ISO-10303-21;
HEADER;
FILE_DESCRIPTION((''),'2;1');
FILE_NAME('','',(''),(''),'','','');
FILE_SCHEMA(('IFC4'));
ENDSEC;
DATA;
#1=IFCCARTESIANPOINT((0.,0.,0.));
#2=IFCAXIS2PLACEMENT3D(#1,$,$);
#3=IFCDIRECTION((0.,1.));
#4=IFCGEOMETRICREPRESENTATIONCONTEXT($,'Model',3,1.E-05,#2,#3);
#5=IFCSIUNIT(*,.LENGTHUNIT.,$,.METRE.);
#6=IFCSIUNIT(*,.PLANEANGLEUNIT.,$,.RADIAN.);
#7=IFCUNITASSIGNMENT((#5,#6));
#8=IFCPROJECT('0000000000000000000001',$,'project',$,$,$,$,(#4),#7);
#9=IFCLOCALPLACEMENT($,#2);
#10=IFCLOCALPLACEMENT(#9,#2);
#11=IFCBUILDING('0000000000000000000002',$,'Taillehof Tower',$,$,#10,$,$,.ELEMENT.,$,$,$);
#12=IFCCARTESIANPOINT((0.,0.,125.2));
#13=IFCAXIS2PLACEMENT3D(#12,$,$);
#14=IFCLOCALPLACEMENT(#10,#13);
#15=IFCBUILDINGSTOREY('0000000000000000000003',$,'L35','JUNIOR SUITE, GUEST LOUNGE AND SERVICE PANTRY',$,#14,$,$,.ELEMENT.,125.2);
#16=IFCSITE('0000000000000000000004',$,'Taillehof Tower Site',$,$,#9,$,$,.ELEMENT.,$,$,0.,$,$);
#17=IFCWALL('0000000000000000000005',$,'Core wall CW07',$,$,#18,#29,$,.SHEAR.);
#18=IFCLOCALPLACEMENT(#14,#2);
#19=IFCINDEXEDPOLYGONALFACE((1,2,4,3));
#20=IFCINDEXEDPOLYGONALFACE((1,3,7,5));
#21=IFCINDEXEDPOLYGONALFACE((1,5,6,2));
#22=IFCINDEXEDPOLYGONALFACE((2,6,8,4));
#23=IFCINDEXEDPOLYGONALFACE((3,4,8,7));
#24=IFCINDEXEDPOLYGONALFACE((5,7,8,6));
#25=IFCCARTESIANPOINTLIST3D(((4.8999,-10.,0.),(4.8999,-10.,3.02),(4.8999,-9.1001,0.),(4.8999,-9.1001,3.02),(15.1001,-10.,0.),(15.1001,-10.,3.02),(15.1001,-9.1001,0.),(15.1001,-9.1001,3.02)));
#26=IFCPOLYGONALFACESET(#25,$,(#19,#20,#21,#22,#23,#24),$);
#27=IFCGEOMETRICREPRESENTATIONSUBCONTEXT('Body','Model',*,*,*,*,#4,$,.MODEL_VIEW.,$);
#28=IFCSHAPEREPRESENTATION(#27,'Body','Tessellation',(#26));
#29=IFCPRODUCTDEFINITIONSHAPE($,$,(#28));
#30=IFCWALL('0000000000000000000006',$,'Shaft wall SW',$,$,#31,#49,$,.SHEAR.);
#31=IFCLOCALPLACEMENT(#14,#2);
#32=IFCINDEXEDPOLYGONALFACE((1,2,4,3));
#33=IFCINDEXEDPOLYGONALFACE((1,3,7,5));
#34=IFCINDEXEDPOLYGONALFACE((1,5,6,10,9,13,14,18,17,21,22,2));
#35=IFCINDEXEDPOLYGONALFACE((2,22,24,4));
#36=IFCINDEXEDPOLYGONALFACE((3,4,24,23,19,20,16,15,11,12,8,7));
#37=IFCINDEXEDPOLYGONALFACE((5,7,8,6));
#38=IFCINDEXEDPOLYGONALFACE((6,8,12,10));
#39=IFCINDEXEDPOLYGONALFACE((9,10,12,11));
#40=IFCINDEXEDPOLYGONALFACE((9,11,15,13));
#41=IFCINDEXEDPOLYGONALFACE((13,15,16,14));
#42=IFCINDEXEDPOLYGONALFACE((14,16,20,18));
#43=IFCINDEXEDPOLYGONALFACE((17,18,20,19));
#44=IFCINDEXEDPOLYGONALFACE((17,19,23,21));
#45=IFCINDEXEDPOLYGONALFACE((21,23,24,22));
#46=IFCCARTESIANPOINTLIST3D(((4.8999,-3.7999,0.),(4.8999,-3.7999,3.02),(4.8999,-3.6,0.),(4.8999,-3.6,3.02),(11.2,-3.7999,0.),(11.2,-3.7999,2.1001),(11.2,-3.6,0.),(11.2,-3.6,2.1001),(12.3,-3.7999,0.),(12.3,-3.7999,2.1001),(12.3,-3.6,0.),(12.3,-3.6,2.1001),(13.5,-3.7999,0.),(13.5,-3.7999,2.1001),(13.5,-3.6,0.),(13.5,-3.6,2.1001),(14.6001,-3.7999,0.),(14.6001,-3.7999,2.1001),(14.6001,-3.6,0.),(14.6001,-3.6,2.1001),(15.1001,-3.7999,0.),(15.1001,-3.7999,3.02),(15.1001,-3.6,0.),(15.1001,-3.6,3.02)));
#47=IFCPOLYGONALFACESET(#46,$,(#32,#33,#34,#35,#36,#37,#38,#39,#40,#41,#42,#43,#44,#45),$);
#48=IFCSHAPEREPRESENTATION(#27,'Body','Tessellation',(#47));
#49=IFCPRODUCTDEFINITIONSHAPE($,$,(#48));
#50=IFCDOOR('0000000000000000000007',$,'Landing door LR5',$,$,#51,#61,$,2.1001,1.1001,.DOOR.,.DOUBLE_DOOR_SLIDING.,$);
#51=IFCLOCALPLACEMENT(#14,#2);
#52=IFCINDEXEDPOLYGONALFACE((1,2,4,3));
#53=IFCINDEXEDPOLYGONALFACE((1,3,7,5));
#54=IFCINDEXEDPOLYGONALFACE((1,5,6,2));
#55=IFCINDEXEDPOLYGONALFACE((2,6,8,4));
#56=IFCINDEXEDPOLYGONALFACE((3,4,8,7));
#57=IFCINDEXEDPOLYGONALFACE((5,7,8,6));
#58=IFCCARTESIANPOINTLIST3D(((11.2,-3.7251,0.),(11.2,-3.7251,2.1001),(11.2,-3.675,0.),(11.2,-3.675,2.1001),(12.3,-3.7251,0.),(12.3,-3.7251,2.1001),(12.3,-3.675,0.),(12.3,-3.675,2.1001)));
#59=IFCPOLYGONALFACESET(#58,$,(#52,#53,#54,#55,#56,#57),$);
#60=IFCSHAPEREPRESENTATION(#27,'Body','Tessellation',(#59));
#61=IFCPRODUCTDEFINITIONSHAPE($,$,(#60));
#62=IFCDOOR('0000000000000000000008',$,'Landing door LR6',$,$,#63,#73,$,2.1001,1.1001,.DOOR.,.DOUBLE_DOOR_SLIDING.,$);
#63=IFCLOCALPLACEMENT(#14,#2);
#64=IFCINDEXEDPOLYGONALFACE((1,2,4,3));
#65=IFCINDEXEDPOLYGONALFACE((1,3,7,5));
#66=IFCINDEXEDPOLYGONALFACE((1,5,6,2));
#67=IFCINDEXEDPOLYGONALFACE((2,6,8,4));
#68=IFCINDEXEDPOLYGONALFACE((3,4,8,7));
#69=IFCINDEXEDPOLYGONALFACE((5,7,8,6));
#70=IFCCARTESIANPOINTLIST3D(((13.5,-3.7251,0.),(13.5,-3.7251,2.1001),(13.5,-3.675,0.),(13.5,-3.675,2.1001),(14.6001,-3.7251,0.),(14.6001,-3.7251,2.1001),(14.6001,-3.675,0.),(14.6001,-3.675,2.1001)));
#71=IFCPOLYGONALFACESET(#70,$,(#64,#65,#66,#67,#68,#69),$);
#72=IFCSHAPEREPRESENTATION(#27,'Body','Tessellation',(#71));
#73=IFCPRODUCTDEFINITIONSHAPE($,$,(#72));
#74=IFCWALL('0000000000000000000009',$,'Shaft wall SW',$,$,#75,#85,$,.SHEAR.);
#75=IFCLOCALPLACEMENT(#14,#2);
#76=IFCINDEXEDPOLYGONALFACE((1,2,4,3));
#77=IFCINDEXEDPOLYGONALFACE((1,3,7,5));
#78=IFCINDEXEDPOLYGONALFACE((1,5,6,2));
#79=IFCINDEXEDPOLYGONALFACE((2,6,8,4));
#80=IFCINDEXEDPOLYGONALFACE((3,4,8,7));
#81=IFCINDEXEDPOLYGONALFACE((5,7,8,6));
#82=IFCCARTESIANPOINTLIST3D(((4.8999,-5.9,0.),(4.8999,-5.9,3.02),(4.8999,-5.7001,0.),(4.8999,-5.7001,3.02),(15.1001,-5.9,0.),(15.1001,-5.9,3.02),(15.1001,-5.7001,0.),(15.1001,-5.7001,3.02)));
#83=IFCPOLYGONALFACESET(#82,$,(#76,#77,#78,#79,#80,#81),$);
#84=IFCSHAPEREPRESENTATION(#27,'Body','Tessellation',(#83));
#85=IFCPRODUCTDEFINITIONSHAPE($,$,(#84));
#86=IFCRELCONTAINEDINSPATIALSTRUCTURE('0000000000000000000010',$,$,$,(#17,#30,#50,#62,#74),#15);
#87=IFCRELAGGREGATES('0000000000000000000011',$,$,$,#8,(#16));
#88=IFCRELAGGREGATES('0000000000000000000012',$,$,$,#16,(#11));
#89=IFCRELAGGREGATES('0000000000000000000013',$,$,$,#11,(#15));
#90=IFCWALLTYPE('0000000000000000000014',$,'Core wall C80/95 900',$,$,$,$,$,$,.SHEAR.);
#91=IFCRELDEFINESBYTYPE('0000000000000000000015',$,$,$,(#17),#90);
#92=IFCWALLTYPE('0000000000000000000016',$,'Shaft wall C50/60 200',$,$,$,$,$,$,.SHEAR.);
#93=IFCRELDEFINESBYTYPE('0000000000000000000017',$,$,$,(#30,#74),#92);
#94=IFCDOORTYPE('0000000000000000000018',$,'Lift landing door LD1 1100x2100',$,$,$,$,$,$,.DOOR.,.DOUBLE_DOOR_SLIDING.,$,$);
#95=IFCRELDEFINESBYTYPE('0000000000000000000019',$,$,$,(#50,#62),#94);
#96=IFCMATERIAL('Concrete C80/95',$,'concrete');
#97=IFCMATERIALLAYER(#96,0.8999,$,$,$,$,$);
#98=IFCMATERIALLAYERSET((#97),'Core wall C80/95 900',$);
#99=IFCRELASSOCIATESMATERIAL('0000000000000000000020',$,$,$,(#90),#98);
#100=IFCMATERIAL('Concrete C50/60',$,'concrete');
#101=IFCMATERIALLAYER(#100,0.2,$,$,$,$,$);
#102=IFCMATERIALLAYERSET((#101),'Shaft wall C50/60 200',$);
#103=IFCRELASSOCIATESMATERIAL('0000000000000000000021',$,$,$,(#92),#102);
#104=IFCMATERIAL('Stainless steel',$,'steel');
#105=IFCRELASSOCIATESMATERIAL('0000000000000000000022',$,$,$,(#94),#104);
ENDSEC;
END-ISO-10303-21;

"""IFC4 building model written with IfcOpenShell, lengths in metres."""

from ifc_helpers import new_model, si_unit, direction, frame, frame_2d, origin, place, context, subcontext, project, spatial, rectangle, extrude, material, layer, layer_set, type_object, element, fill, save


model = new_model("IFC4")

# Units and contexts
model_context = context("Model", 3, precision=1e-05, world=origin(), true_north=direction((0.0, 1.0)))
body_context = subcontext(model_context, "Body", "Model", "MODEL_VIEW")
ifc_project = project(units=[si_unit("LENGTHUNIT", "METRE"), si_unit("PLANEANGLEUNIT", "RADIAN")], contexts=[model_context])

# Site, building, storey
site_placement = place(None, origin())
site = spatial("IfcSite", under=ifc_project, at=site_placement, Name="Taillehof Tower Site", CompositionType="ELEMENT", RefElevation=0.0)
building_placement = place(site_placement, origin())
building = spatial("IfcBuilding", under=site, at=building_placement, Name="Taillehof Tower", CompositionType="ELEMENT")
storey_placement = place(building_placement, frame((0.0, 0.0, 125.2)))
storey = spatial("IfcBuildingStorey", under=building, at=storey_placement, Name="L35", Description="JUNIOR SUITE, GUEST LOUNGE AND SERVICE PANTRY", CompositionType="ELEMENT", Elevation=125.2)

# Shared definitions
ifc_material_1 = material(Name="Concrete C80/95", Category="concrete")
ifc_layer_1 = layer(ifc_material_1, 0.8999)
ifc_layer_set_1 = layer_set([ifc_layer_1], Name="Core wall C80/95 900")
wall_type_1 = type_object("IfcWallType", Name="Core wall C80/95 900", PredefinedType="SHEAR", material=ifc_layer_set_1)

# Wall
wall_1_placement = place(storey_placement, frame((4.8999, -9.55, 0.0), z_axis=(0.0, 0.0, 1.0), x_axis=(1.0, 0.0, 0.0)))
element("IfcWall", 1, at=wall_1_placement, inside=storey, type_object=wall_type_1, Name="Core wall CW07", PredefinedType="SHEAR", context=body_context, shape_type="SweptSolid", body=[
    extrude(rectangle(XDim=10.2002, YDim=0.8999, at=frame_2d((5.1001, 0.0))), origin(), (0.0, 0.0, 1.0), 3.02),
])

# Wall, openings, doors
ifc_material_2 = material(Name="Concrete C50/60", Category="concrete")
ifc_layer_2 = layer(ifc_material_2, 0.2)
ifc_layer_set_2 = layer_set([ifc_layer_2], Name="Shaft wall C50/60 200")
wall_type_2 = type_object("IfcWallType", Name="Shaft wall C50/60 200", PredefinedType="SHEAR", material=ifc_layer_set_2)
wall_2_placement = place(storey_placement, frame((4.8999, -3.7, 0.0), z_axis=(0.0, 0.0, 1.0), x_axis=(1.0, 0.0, 0.0)))
wall_2 = element("IfcWall", 2, at=wall_2_placement, inside=storey, type_object=wall_type_2, Name="Shaft wall SW", PredefinedType="SHEAR", context=body_context, shape_type="SweptSolid", body=[
    extrude(rectangle(XDim=10.2002, YDim=0.2, at=frame_2d((5.1001, 0.0))), origin(), (0.0, 0.0, 1.0), 3.02),
])
opening_1_placement = place(wall_2_placement, frame((6.3, 0.0, 0.0)))
opening_1 = element("IfcOpeningElement", 3, at=opening_1_placement, cuts=wall_2, PredefinedType="OPENING", context=body_context, shape_type="SweptSolid", body=[
    extrude(rectangle(XDim=1.1001, YDim=2.1001, at=frame_2d((0.55, 1.05))), frame((0.0, 0.1099, 0.0), z_axis=(0.0, -1.0, 0.0), x_axis=(1.0, 0.0, 0.0)), (0.0, 0.0, 1.0), 0.22),
])
opening_2_placement = place(wall_2_placement, frame((8.6001, 0.0, 0.0)))
opening_2 = element("IfcOpeningElement", 4, at=opening_2_placement, cuts=wall_2, PredefinedType="OPENING", context=body_context, shape_type="SweptSolid", body=[
    extrude(rectangle(XDim=1.1001, YDim=2.1001, at=frame_2d((0.55, 1.05))), frame((0.0, 0.1099, 0.0), z_axis=(0.0, -1.0, 0.0), x_axis=(1.0, 0.0, 0.0)), (0.0, 0.0, 1.0), 0.22),
])
ifc_material_3 = material(Name="Stainless steel", Category="steel")
door_type_1 = type_object("IfcDoorType", Name="Lift landing door LD1 1100x2100", OperationType="DOUBLE_DOOR_SLIDING", PredefinedType="DOOR", material=ifc_material_3)
door_1_placement = place(opening_1_placement, origin())
door_1 = element("IfcDoor", 5, at=door_1_placement, inside=storey, type_object=door_type_1, Name="Landing door LR5", OperationType="DOUBLE_DOOR_SLIDING", OverallHeight=2.1001, OverallWidth=1.1001, PredefinedType="DOOR", context=body_context, shape_type="SweptSolid", body=[
    extrude(rectangle(XDim=1.1001, YDim=2.1001, at=frame_2d((0.55, 1.05))), frame((0.0, 0.0249, 0.0), z_axis=(0.0, -1.0, 0.0), x_axis=(1.0, 0.0, 0.0)), (0.0, 0.0, 1.0), 0.05),
])
fill(opening_1, door_1)
door_2_placement = place(opening_2_placement, origin())
door_2 = element("IfcDoor", 6, at=door_2_placement, inside=storey, type_object=door_type_1, Name="Landing door LR6", OperationType="DOUBLE_DOOR_SLIDING", OverallHeight=2.1001, OverallWidth=1.1001, PredefinedType="DOOR", context=body_context, shape_type="SweptSolid", body=[
    extrude(rectangle(XDim=1.1001, YDim=2.1001, at=frame_2d((0.55, 1.05))), frame((0.0, 0.0249, 0.0), z_axis=(0.0, -1.0, 0.0), x_axis=(1.0, 0.0, 0.0)), (0.0, 0.0, 1.0), 0.05),
])
fill(opening_2, door_2)

# Wall
wall_3_placement = place(storey_placement, frame((4.8999, -5.8, 0.0), z_axis=(0.0, 0.0, 1.0), x_axis=(1.0, 0.0, 0.0)))
element("IfcWall", 7, at=wall_3_placement, inside=storey, type_object=wall_type_2, Name="Shaft wall SW", PredefinedType="SHEAR", context=body_context, shape_type="SweptSolid", body=[
    extrude(rectangle(XDim=10.2002, YDim=0.2, at=frame_2d((5.1001, 0.0))), origin(), (0.0, 0.0, 1.0), 3.02),
])

save(model, "model.ifc")
